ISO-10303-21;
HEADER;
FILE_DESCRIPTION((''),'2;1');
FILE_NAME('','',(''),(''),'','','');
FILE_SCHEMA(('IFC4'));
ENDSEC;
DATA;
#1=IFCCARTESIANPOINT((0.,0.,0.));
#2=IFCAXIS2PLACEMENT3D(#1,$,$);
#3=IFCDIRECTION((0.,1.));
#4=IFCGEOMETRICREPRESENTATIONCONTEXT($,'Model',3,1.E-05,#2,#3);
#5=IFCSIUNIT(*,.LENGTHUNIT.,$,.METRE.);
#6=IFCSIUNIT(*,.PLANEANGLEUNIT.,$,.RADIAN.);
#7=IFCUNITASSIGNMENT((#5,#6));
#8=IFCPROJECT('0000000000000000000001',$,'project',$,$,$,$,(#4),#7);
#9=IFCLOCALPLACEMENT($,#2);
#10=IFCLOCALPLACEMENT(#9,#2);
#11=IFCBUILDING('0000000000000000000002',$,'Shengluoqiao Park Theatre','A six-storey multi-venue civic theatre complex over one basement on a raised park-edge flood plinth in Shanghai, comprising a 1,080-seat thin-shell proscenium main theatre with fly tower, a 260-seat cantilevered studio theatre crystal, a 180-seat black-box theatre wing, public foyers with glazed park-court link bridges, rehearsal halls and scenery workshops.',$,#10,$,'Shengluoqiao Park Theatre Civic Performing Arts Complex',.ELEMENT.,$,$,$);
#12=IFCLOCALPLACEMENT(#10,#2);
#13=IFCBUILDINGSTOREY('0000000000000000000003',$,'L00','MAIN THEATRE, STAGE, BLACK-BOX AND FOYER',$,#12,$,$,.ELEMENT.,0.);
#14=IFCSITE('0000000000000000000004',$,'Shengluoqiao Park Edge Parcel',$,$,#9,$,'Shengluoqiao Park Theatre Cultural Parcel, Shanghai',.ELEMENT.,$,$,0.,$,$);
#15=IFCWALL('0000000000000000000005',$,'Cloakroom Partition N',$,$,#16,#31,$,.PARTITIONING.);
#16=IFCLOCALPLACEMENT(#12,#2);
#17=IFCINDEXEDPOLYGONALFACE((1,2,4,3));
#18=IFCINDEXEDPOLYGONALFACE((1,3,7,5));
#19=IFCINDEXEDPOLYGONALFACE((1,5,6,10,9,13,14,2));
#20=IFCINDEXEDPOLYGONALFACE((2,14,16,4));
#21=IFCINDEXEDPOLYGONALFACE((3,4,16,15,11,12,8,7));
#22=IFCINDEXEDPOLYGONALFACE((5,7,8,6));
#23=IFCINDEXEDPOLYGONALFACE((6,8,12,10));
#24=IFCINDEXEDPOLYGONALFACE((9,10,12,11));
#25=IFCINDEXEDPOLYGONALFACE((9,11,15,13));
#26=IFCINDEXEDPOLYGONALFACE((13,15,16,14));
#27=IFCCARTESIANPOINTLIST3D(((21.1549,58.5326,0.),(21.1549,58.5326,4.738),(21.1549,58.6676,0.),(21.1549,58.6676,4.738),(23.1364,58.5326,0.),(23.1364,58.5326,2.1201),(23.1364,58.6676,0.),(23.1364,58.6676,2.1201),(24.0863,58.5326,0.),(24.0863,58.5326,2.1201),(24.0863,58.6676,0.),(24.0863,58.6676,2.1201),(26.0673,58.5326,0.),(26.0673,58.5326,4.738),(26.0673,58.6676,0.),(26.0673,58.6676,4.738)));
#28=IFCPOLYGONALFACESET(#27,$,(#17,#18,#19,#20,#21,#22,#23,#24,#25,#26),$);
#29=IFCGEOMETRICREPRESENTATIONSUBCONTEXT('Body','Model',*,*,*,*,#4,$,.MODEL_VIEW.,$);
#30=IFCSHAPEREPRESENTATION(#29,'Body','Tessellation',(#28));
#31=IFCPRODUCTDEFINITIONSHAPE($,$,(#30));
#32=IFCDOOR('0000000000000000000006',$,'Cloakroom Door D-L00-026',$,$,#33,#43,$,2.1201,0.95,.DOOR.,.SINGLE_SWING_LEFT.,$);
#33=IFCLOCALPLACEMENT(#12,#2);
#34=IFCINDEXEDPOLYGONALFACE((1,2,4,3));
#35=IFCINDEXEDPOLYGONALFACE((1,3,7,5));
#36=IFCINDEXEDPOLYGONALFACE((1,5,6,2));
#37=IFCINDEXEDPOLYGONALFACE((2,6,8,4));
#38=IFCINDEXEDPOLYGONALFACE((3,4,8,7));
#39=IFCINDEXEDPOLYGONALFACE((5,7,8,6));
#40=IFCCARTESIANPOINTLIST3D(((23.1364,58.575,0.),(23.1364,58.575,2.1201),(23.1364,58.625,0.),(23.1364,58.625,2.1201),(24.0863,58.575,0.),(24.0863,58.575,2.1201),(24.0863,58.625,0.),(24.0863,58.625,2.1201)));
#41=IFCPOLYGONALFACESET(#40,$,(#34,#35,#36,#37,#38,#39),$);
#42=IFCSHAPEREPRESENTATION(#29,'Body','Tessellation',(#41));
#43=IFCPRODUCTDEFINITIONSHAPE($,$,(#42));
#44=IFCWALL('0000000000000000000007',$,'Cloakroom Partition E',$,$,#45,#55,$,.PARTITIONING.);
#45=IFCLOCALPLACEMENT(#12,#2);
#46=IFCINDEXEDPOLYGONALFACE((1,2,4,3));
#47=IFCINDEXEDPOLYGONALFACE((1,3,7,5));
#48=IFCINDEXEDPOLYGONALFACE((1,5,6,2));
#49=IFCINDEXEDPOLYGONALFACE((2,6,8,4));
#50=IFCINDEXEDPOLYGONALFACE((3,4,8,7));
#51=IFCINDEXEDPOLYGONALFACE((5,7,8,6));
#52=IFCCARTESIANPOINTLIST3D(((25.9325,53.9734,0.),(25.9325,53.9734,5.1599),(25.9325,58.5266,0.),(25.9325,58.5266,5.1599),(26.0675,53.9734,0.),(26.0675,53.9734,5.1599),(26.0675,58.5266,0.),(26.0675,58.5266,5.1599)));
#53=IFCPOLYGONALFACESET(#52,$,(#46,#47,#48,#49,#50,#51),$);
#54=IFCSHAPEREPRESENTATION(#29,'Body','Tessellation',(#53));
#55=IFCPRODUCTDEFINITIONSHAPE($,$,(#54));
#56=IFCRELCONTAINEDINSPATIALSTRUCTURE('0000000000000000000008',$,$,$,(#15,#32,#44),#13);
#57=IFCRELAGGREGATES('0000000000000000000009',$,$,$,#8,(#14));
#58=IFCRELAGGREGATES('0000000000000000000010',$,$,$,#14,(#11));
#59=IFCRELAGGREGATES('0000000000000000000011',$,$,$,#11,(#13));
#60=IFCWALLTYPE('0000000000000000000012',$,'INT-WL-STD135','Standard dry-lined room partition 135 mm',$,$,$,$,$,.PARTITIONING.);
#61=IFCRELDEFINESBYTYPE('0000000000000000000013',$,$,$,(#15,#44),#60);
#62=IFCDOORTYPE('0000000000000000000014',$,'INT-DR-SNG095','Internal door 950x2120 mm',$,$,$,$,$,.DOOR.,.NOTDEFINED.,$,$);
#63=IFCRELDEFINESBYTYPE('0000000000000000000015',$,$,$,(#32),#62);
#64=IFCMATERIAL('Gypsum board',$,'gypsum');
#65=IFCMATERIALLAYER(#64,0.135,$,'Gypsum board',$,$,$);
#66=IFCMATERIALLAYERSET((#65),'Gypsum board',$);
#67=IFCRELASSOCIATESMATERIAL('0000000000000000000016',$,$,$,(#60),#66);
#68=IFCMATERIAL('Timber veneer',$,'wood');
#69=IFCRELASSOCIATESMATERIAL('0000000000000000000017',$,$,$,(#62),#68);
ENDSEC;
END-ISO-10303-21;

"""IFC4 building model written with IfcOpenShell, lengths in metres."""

from ifc_helpers import new_model, si_unit, direction, frame, frame_2d, origin, place, context, subcontext, project, spatial, rectangle, extrude, material, layer, layer_set, type_object, element, fill, save


model = new_model("IFC4")

# Units and contexts
model_context = context("Model", 3, precision=1e-05, world=origin(), true_north=direction((0.0, 1.0)))
body_context = subcontext(model_context, "Body", "Model", "MODEL_VIEW")
ifc_project = project(units=[si_unit("LENGTHUNIT", "METRE"), si_unit("PLANEANGLEUNIT", "RADIAN")], contexts=[model_context])

# Site, building, storey
site_placement = place(None, origin())
site = spatial("IfcSite", under=ifc_project, at=site_placement, Name="Shengluoqiao Park Edge Parcel", LongName="Shengluoqiao Park Theatre Cultural Parcel, Shanghai", CompositionType="ELEMENT", RefElevation=0.0)
building_placement = place(site_placement, origin())
building = spatial("IfcBuilding", under=site, at=building_placement, Name="Shengluoqiao Park Theatre", Description="A six-storey multi-venue civic theatre complex over one basement on a raised park-edge flood plinth in Shanghai, comprising a 1,080-seat thin-shell proscenium main theatre with fly tower, a 260-seat cantilevered studio theatre crystal, a 180-seat black-box theatre wing, public foyers with glazed park-court link bridges, rehearsal halls and scenery workshops.", LongName="Shengluoqiao Park Theatre Civic Performing Arts Complex", CompositionType="ELEMENT")
storey_placement = place(building_placement, origin())
storey = spatial("IfcBuildingStorey", under=building, at=storey_placement, Name="L00", Description="MAIN THEATRE, STAGE, BLACK-BOX AND FOYER", CompositionType="ELEMENT", Elevation=0.0)

# Wall, opening, door
ifc_material_1 = material(Name="Gypsum board", Category="gypsum")
ifc_layer = layer(ifc_material_1, 0.135, Name="Gypsum board")
ifc_layer_set = layer_set([ifc_layer], Name="Gypsum board")
wall_type = type_object("IfcWallType", Name="INT-WL-STD135", Description="Standard dry-lined room partition 135 mm", PredefinedType="PARTITIONING", material=ifc_layer_set)
ifc_material_2 = material(Name="Timber veneer", Category="wood")
door_type = type_object("IfcDoorType", Name="INT-DR-SNG095", Description="Internal door 950x2120 mm", OperationType="NOTDEFINED", PredefinedType="DOOR", material=ifc_material_2)
wall_1_placement = place(storey_placement, frame((21.155, 58.6001, 0.0), z_axis=(0.0, 0.0, 1.0), x_axis=(1.0, 0.0, 0.0)))
wall_1 = element("IfcWall", 1, at=wall_1_placement, inside=storey, type_object=wall_type, Name="Cloakroom Partition N", PredefinedType="PARTITIONING", context=body_context, shape_type="SweptSolid", body=[
    extrude(rectangle(XDim=4.9124, YDim=0.135, at=frame_2d((2.4561, 0.0))), origin(), (0.0, 0.0, 1.0), 4.738),
])
opening_1_placement = place(wall_1_placement, frame((1.9812, 0.0, 0.0)))
opening_1 = element("IfcOpeningElement", 2, at=opening_1_placement, cuts=wall_1, PredefinedType="OPENING", context=body_context, shape_type="SweptSolid", body=[
    extrude(rectangle(XDim=0.95, YDim=2.1201, at=frame_2d((0.4751, 1.0601))), frame((0.0, 0.0774, 0.0), z_axis=(0.0, -1.0, 0.0), x_axis=(1.0, 0.0, 0.0)), (0.0, 0.0, 1.0), 0.155),
])
door_1_placement = place(opening_1_placement, origin())
door_1 = element("IfcDoor", 3, at=door_1_placement, inside=storey, type_object=door_type, Name="Cloakroom Door D-L00-026", OperationType="SINGLE_SWING_LEFT", OverallHeight=2.1201, OverallWidth=0.95, PredefinedType="DOOR", context=body_context, shape_type="SweptSolid", body=[
    extrude(rectangle(XDim=0.95, YDim=2.1201, at=frame_2d((0.4751, 1.0601))), frame((0.0, 0.0249, 0.0), z_axis=(0.0, -1.0, 0.0), x_axis=(1.0, 0.0, 0.0)), (0.0, 0.0, 1.0), 0.05),
])
fill(opening_1, door_1)

# Wall
wall_2_placement = place(storey_placement, frame((26.0, 53.9734, 0.0), z_axis=(0.0, 0.0, 1.0), x_axis=(0.0, 1.0, 0.0)))
element("IfcWall", 4, at=wall_2_placement, inside=storey, type_object=wall_type, Name="Cloakroom Partition E", PredefinedType="PARTITIONING", context=body_context, shape_type="SweptSolid", body=[
    extrude(rectangle(XDim=4.5532, YDim=0.135, at=frame_2d((2.2766, 0.0))), origin(), (0.0, 0.0, 1.0), 5.1599),
])

save(model, "model.ifc")
